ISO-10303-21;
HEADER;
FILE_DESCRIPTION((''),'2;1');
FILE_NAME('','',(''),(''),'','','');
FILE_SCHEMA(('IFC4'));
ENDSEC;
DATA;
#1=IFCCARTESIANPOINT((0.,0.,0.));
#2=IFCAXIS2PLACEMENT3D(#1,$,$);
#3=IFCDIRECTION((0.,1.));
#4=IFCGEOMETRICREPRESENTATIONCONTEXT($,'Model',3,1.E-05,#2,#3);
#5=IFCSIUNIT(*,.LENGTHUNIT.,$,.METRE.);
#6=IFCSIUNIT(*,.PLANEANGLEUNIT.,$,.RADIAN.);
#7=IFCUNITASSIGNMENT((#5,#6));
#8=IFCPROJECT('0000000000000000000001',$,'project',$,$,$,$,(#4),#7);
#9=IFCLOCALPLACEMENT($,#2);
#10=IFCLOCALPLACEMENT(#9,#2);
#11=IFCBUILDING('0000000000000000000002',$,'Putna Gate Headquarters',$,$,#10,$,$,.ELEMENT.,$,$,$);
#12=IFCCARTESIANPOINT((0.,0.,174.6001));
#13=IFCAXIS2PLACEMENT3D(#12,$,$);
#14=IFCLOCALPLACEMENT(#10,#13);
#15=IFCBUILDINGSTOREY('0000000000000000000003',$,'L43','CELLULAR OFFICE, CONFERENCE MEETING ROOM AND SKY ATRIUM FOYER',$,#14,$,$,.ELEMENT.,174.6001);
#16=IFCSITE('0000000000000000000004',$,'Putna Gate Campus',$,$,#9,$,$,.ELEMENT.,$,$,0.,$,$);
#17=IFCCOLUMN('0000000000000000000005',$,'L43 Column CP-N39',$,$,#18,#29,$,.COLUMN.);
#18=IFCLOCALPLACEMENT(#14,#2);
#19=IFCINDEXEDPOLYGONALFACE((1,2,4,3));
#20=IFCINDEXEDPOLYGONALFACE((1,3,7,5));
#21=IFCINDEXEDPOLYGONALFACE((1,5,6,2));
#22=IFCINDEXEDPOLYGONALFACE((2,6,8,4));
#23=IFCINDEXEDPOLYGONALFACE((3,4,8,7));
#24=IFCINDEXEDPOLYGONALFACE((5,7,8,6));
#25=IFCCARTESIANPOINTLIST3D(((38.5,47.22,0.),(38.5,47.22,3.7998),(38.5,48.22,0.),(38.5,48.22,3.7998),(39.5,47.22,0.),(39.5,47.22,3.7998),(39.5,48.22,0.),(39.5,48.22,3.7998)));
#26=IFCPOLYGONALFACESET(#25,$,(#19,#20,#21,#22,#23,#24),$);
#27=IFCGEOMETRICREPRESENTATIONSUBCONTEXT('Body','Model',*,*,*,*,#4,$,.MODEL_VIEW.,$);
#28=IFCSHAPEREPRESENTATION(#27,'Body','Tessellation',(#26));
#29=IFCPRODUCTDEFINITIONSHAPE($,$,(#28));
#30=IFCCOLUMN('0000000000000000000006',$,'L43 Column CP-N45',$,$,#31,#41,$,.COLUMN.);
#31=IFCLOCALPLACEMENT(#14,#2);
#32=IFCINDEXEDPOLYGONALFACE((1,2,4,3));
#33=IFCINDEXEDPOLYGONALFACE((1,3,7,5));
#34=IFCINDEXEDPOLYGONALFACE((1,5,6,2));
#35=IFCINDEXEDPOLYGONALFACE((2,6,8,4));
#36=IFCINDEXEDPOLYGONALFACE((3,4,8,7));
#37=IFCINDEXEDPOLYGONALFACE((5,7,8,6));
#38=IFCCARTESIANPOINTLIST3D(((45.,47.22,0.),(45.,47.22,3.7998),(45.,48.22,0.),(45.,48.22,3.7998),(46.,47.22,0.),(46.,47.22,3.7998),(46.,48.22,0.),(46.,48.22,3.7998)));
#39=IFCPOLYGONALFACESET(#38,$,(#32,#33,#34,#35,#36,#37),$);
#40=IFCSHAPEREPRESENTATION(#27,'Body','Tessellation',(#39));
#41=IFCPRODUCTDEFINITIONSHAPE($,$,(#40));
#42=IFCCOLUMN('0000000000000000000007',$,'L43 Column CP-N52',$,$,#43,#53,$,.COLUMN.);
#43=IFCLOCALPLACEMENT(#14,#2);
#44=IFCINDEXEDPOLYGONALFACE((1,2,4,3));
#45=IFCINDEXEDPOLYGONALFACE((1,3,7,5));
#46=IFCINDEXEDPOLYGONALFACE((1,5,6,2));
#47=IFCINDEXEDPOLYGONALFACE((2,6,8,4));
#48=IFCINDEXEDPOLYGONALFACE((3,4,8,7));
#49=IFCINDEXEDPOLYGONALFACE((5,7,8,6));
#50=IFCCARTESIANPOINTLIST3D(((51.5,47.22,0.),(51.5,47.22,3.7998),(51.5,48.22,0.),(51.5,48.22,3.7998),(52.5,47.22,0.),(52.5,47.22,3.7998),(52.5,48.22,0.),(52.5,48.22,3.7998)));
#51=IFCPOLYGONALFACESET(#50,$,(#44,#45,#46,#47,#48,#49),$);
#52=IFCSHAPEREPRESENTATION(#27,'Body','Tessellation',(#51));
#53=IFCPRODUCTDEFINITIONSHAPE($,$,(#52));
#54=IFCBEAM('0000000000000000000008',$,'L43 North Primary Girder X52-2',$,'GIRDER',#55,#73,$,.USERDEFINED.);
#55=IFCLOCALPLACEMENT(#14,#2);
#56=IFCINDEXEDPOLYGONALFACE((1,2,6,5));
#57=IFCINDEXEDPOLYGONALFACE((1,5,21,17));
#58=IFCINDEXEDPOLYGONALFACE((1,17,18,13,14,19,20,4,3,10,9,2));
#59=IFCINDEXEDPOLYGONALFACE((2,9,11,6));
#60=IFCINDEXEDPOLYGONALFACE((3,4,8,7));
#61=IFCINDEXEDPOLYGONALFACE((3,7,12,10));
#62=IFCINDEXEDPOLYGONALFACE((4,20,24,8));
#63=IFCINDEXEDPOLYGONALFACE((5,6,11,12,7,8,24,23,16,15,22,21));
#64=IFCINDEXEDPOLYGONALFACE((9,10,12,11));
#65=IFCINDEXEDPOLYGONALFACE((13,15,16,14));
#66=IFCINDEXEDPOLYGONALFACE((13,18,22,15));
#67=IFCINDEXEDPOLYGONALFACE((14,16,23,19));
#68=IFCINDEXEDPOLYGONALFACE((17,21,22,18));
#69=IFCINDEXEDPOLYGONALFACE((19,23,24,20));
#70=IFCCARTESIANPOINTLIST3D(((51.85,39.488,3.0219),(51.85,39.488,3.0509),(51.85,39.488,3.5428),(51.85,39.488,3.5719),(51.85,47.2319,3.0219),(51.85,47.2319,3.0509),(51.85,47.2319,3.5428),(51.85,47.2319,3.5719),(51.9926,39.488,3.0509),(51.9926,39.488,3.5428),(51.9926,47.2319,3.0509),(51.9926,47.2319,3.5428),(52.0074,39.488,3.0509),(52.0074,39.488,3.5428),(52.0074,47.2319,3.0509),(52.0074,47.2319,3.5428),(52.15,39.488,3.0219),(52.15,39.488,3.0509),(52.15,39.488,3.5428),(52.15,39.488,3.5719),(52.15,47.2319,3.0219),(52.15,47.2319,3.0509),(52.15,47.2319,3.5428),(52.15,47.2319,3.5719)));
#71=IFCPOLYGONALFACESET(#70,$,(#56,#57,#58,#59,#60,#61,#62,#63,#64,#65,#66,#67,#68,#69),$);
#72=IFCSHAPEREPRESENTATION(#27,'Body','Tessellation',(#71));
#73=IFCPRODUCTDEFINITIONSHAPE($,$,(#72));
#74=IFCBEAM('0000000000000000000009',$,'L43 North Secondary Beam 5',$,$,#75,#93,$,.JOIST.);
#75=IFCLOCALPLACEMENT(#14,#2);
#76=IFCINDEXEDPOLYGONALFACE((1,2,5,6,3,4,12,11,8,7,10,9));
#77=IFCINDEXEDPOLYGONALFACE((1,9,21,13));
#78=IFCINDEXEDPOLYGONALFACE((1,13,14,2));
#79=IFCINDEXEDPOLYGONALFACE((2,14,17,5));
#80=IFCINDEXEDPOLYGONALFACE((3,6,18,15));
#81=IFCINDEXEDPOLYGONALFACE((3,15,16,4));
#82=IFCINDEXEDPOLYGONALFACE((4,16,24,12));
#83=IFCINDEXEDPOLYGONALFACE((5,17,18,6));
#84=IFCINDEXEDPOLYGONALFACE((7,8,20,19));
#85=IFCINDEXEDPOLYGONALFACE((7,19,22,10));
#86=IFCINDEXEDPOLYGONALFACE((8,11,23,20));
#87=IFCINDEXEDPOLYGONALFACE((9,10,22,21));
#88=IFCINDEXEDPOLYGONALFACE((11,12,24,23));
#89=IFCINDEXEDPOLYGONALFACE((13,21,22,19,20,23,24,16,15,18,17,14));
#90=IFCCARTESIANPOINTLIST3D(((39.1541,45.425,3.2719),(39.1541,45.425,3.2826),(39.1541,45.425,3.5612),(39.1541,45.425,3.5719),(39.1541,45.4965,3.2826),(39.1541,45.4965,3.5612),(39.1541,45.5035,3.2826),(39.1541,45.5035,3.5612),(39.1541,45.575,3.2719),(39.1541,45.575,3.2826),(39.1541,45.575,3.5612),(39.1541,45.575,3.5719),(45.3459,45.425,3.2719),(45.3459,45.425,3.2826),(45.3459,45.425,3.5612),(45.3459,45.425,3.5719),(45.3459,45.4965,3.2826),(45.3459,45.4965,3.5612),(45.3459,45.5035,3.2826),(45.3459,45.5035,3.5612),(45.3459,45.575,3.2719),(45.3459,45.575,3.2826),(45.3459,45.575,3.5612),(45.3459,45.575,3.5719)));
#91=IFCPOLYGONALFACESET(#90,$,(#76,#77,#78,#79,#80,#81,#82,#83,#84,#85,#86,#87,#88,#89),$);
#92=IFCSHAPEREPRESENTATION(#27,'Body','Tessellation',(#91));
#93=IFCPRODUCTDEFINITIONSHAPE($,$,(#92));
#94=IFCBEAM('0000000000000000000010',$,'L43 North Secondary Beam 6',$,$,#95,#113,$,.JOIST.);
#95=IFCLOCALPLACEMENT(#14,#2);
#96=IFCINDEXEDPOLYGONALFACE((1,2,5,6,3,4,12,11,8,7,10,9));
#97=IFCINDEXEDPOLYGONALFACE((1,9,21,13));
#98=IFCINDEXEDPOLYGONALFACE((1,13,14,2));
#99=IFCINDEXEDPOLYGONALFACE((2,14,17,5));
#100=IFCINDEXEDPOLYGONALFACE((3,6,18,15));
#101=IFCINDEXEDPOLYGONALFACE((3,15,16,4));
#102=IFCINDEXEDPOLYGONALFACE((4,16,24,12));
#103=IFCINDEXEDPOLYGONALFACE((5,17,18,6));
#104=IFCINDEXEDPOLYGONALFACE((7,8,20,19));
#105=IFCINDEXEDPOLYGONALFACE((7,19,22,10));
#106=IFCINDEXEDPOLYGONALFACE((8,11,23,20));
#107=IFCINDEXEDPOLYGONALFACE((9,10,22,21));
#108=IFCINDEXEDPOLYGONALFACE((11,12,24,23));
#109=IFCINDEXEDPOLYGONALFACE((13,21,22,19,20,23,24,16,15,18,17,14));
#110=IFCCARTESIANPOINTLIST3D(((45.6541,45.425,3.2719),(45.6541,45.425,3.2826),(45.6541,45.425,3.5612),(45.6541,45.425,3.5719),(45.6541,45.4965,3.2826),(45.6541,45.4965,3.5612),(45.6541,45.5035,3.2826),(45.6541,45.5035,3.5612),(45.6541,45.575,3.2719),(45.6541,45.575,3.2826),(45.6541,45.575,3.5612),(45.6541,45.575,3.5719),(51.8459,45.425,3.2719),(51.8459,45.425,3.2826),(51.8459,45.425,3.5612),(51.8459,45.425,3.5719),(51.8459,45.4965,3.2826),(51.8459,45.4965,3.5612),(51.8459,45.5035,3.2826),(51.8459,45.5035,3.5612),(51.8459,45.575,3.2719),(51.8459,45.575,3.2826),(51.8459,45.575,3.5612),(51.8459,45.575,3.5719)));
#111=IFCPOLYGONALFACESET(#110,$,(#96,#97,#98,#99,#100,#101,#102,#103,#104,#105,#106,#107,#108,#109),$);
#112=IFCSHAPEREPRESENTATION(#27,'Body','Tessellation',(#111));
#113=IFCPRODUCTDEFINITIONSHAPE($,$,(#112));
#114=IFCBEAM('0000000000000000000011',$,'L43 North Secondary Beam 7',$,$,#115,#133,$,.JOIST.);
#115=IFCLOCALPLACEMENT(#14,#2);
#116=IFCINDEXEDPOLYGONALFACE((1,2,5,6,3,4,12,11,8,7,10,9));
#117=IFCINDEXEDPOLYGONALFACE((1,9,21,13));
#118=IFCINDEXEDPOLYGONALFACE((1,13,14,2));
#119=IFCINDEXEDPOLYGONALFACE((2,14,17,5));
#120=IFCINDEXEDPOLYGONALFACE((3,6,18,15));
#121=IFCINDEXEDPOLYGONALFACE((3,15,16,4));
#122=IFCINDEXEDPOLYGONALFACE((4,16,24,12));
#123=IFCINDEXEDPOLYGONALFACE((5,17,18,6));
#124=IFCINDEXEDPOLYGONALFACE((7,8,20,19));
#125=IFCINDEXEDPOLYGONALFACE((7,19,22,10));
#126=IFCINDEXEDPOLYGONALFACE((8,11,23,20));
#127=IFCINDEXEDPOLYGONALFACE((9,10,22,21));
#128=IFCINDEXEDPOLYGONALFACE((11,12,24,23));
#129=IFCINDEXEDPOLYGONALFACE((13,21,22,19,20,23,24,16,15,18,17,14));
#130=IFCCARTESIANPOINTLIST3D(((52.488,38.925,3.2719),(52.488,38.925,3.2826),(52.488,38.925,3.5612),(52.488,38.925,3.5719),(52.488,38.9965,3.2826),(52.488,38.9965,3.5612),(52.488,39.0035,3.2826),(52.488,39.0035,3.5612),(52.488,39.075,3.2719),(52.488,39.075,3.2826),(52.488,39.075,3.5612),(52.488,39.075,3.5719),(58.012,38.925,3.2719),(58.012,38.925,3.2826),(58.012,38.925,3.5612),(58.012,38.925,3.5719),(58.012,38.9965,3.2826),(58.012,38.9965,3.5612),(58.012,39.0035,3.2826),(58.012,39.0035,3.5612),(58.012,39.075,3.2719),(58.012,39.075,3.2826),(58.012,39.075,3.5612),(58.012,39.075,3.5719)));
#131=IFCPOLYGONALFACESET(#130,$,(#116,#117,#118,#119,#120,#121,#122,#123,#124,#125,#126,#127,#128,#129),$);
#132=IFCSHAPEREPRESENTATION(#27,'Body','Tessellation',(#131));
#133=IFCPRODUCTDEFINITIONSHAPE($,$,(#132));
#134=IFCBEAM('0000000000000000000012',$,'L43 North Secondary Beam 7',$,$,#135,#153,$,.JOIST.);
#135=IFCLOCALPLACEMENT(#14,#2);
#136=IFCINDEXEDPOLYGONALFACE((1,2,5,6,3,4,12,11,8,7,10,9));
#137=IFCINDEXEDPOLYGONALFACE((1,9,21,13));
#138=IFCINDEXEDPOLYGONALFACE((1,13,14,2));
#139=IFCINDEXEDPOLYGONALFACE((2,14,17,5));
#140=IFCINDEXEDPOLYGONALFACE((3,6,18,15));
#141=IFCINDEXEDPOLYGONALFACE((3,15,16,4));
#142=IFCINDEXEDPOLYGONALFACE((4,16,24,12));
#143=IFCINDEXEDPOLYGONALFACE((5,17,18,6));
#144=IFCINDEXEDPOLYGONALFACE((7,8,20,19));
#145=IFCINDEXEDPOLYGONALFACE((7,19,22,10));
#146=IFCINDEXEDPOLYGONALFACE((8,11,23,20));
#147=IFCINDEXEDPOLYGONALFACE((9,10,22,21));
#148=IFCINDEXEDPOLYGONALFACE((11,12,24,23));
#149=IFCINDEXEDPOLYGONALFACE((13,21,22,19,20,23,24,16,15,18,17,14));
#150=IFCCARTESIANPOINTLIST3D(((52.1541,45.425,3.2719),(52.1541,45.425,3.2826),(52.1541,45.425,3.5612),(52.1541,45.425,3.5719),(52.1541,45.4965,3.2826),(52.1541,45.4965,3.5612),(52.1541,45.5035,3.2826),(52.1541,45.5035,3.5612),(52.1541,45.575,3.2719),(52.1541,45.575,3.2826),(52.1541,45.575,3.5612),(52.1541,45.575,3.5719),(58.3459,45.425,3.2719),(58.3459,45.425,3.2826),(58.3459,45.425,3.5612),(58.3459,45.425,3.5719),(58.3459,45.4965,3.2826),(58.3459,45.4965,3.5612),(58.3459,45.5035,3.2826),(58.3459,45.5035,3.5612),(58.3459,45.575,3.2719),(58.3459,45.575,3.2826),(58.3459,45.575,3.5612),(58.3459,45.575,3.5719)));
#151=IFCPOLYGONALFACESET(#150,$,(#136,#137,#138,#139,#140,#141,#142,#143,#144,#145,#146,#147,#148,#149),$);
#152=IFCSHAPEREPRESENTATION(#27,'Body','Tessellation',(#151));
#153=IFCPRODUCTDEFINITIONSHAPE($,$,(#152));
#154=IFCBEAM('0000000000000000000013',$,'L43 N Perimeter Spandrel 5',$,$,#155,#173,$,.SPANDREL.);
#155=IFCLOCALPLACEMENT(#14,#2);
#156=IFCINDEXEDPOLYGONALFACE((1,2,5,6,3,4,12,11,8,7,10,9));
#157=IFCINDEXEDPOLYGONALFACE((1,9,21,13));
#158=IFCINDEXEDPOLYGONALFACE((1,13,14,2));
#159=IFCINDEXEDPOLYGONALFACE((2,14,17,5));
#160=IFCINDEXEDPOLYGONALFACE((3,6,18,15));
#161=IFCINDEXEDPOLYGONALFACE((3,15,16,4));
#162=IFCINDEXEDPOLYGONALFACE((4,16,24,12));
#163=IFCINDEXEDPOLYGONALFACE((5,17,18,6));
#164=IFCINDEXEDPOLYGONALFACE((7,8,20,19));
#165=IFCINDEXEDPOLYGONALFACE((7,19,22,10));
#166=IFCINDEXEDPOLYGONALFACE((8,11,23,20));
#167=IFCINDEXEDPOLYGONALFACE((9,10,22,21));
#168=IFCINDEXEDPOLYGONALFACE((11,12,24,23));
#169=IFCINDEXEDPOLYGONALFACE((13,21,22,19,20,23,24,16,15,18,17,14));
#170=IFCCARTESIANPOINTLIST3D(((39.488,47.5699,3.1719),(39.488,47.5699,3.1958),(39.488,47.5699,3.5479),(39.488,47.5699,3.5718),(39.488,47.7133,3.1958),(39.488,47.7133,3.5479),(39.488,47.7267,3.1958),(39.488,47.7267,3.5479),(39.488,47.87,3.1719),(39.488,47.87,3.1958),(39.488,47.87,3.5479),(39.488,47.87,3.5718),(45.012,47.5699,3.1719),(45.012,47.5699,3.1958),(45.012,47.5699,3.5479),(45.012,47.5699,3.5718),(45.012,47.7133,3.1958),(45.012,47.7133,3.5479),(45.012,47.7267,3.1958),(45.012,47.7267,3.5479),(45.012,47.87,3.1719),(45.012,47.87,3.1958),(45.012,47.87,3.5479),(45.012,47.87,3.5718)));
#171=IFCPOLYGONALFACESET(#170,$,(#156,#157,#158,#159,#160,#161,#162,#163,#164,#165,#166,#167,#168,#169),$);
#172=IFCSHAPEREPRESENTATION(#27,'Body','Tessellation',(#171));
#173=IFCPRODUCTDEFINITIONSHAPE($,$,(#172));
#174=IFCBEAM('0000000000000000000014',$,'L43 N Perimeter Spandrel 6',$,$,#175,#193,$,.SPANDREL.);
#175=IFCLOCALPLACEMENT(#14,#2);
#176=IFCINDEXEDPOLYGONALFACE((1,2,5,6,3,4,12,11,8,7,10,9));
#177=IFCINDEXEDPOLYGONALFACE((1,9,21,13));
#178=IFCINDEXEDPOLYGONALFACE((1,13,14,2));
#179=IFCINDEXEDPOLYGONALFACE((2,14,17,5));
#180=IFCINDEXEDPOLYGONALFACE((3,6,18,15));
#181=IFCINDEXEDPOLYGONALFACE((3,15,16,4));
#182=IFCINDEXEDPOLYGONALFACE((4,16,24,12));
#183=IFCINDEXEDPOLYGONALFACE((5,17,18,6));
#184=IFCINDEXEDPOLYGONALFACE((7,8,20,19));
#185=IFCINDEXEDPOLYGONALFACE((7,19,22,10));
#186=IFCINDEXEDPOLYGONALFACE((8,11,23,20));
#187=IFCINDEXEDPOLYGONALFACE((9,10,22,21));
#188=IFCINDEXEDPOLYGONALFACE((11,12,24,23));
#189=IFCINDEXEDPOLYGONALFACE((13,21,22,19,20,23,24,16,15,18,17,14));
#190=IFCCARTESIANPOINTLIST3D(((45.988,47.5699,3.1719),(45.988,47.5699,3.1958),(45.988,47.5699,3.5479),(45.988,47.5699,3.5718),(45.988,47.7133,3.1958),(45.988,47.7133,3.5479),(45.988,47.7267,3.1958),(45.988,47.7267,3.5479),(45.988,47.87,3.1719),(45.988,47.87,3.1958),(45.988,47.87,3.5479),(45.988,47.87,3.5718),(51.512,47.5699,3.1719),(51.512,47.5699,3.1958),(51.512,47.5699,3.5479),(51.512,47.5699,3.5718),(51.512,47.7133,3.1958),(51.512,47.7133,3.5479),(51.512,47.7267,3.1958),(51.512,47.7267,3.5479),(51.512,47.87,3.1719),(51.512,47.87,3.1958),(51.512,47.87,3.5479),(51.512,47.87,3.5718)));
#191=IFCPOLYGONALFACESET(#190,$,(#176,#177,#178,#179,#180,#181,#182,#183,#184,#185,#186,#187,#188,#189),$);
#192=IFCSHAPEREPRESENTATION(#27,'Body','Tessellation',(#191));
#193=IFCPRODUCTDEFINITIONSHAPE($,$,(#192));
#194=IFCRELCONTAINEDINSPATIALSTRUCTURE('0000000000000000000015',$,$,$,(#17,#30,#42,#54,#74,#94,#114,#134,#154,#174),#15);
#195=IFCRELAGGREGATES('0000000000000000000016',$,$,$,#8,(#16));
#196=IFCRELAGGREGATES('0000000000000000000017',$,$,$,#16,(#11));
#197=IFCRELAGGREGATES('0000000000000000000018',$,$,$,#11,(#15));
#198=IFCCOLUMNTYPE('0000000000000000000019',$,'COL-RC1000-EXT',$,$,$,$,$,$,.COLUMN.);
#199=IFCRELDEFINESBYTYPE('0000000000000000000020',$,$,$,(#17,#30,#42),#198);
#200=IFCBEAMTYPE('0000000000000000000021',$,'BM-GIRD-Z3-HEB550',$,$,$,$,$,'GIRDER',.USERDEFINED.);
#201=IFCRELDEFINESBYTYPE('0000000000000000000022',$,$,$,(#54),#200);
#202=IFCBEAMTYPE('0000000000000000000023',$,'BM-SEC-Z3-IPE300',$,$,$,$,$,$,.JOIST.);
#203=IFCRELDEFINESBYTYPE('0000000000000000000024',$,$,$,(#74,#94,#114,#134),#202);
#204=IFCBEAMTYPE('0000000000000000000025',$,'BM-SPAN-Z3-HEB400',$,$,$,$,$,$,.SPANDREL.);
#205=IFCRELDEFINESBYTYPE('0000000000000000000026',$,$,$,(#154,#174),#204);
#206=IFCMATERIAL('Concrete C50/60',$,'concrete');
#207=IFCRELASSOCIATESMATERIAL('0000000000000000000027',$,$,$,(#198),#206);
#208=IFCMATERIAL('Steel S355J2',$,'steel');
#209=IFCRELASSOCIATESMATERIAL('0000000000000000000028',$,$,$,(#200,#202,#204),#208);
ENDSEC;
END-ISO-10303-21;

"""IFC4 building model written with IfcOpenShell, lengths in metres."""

from ifc_helpers import new_model, si_unit, direction, frame, origin, origin_2d, place, context, subcontext, project, spatial, rectangle, i_section, extrude, material, material_profile, profile_set, type_object, element, save


model = new_model("IFC4")

# Units and contexts
model_context = context("Model", 3, precision=1e-05, world=origin(), true_north=direction((0.0, 1.0)))
body_context = subcontext(model_context, "Body", "Model", "MODEL_VIEW")
ifc_project = project(units=[si_unit("LENGTHUNIT", "METRE"), si_unit("PLANEANGLEUNIT", "RADIAN")], contexts=[model_context])

# Site, building, storey
site_placement = place(None, origin())
site = spatial("IfcSite", under=ifc_project, at=site_placement, Name="Putna Gate Campus", CompositionType="ELEMENT", RefElevation=0.0)
building_placement = place(site_placement, origin())
building = spatial("IfcBuilding", under=site, at=building_placement, Name="Putna Gate Headquarters", CompositionType="ELEMENT")
storey_placement = place(building_placement, frame((0.0, 0.0, 174.6001)))
storey = spatial("IfcBuildingStorey", under=building, at=storey_placement, Name="L43", Description="CELLULAR OFFICE, CONFERENCE MEETING ROOM AND SKY ATRIUM FOYER", CompositionType="ELEMENT", Elevation=174.6001)

# Columns
ifc_material_1 = material(Name="Concrete C50/60", Category="concrete")
ifc_material_profile_1 = material_profile(ifc_material_1, rectangle(XDim=1.0, YDim=1.0, at=origin_2d()), Name="Concrete C50/60")
ifc_profile_set_1 = profile_set([ifc_material_profile_1], Name="Concrete C50/60")
column_type = type_object("IfcColumnType", Name="COL-RC1000-EXT", PredefinedType="COLUMN", material=ifc_profile_set_1)
for number, where, z_axis, x_axis, name in (
    (1, (39.0, 47.72, 0.0), (0.0, 0.0, 1.0), (1.0, 0.0, 0.0), "L43 Column CP-N39"),
    (2, (45.5, 47.72, 0.0), (0.0, 0.0, 1.0), (1.0, 0.0, 0.0), "L43 Column CP-N45"),
    (3, (52.0, 47.72, 0.0), (0.0, 0.0, 1.0), (1.0, 0.0, 0.0), "L43 Column CP-N52"),
):
    element("IfcColumn", number, at=place(storey_placement, frame(where, z_axis=z_axis, x_axis=x_axis)), inside=storey, type_object=column_type, Name=name, PredefinedType="COLUMN", context=body_context, shape_type="SweptSolid", body=[
        extrude(rectangle(XDim=1.0, YDim=1.0, at=origin_2d()), origin(), (0.0, 0.0, 1.0), 3.7998),
    ])

# Beams
ifc_material_2 = material(Name="Steel S355J2", Category="steel")
ifc_material_profile_2 = material_profile(ifc_material_2, i_section(OverallWidth=0.3, OverallDepth=0.55, WebThickness=0.0149, FlangeThickness=0.0291, at=origin_2d()), Name="Steel S355J2")
ifc_profile_set_2 = profile_set([ifc_material_profile_2], Name="Steel S355J2")
beam_type_1 = type_object("IfcBeamType", Name="BM-GIRD-Z3-HEB550", ElementType="GIRDER", PredefinedType="USERDEFINED", material=ifc_profile_set_2)
beam_1_placement = place(storey_placement, frame((52.0, 39.488, 3.2969), z_axis=(0.0, 1.0, 0.0), x_axis=(-1.0, 0.0, 0.0)))
element("IfcBeam", 4, at=beam_1_placement, inside=storey, type_object=beam_type_1, Name="L43 North Primary Girder X52-2", ObjectType="GIRDER", PredefinedType="USERDEFINED", context=body_context, shape_type="SweptSolid", body=[
    extrude(i_section(OverallWidth=0.3, OverallDepth=0.55, WebThickness=0.0149, FlangeThickness=0.0291, at=origin_2d()), origin(), (0.0, 0.0, 1.0), 7.7439),
])
ifc_material_profile_3 = material_profile(ifc_material_2, i_section(OverallWidth=0.1499, OverallDepth=0.3, WebThickness=0.0071, FlangeThickness=0.0107, at=origin_2d()), Name="Steel S355J2")
ifc_profile_set_3 = profile_set([ifc_material_profile_3], Name="Steel S355J2")
beam_type_2 = type_object("IfcBeamType", Name="BM-SEC-Z3-IPE300", PredefinedType="JOIST", material=ifc_profile_set_3)
for number, where, z_axis, x_axis, name in (
    (5, (39.1541, 45.5, 3.4219), (1.0, 0.0, 0.0), (0.0, 1.0, 0.0), "L43 North Secondary Beam 5"),
    (6, (45.6541, 45.5, 3.4219), (1.0, 0.0, 0.0), (0.0, 1.0, 0.0), "L43 North Secondary Beam 6"),
):
    element("IfcBeam", number, at=place(storey_placement, frame(where, z_axis=z_axis, x_axis=x_axis)), inside=storey, type_object=beam_type_2, Name=name, PredefinedType="JOIST", context=body_context, shape_type="SweptSolid", body=[
        extrude(i_section(OverallWidth=0.1499, OverallDepth=0.3, WebThickness=0.0071, FlangeThickness=0.0107, at=origin_2d()), origin(), (0.0, 0.0, 1.0), 6.1919),
    ])
beam_2_placement = place(storey_placement, frame((52.488, 39.0, 3.4219), z_axis=(1.0, 0.0, 0.0), x_axis=(0.0, 1.0, 0.0)))
element("IfcBeam", 7, at=beam_2_placement, inside=storey, type_object=beam_type_2, Name="L43 North Secondary Beam 7", PredefinedType="JOIST", context=body_context, shape_type="SweptSolid", body=[
    extrude(i_section(OverallWidth=0.1499, OverallDepth=0.3, WebThickness=0.0071, FlangeThickness=0.0107, at=origin_2d()), origin(), (0.0, 0.0, 1.0), 5.5239),
])
beam_3_placement = place(storey_placement, frame((52.1541, 45.5, 3.4219), z_axis=(1.0, 0.0, 0.0), x_axis=(0.0, 1.0, 0.0)))
element("IfcBeam", 8, at=beam_3_placement, inside=storey, type_object=beam_type_2, Name="L43 North Secondary Beam 7", PredefinedType="JOIST", context=body_context, shape_type="SweptSolid", body=[
    extrude(i_section(OverallWidth=0.1499, OverallDepth=0.3, WebThickness=0.0071, FlangeThickness=0.0107, at=origin_2d()), origin(), (0.0, 0.0, 1.0), 6.1919),
])
ifc_material_profile_4 = material_profile(ifc_material_2, i_section(OverallWidth=0.3, OverallDepth=0.3999, WebThickness=0.0134, FlangeThickness=0.0239, at=origin_2d()), Name="Steel S355J2")
ifc_profile_set_4 = profile_set([ifc_material_profile_4], Name="Steel S355J2")
beam_type_3 = type_object("IfcBeamType", Name="BM-SPAN-Z3-HEB400", PredefinedType="SPANDREL", material=ifc_profile_set_4)
for number, where, z_axis, x_axis, name in (
    (9, (39.488, 47.72, 3.3718), (1.0, 0.0, 0.0), (0.0, 1.0, 0.0), "L43 N Perimeter Spandrel 5"),
    (10, (45.988, 47.72, 3.3718), (1.0, 0.0, 0.0), (0.0, 1.0, 0.0), "L43 N Perimeter Spandrel 6"),
):
    element("IfcBeam", number, at=place(storey_placement, frame(where, z_axis=z_axis, x_axis=x_axis)), inside=storey, type_object=beam_type_3, Name=name, PredefinedType="SPANDREL", context=body_context, shape_type="SweptSolid", body=[
        extrude(i_section(OverallWidth=0.3, OverallDepth=0.3999, WebThickness=0.0134, FlangeThickness=0.0239, at=origin_2d()), origin(), (0.0, 0.0, 1.0), 5.5239),
    ])

save(model, "model.ifc")
